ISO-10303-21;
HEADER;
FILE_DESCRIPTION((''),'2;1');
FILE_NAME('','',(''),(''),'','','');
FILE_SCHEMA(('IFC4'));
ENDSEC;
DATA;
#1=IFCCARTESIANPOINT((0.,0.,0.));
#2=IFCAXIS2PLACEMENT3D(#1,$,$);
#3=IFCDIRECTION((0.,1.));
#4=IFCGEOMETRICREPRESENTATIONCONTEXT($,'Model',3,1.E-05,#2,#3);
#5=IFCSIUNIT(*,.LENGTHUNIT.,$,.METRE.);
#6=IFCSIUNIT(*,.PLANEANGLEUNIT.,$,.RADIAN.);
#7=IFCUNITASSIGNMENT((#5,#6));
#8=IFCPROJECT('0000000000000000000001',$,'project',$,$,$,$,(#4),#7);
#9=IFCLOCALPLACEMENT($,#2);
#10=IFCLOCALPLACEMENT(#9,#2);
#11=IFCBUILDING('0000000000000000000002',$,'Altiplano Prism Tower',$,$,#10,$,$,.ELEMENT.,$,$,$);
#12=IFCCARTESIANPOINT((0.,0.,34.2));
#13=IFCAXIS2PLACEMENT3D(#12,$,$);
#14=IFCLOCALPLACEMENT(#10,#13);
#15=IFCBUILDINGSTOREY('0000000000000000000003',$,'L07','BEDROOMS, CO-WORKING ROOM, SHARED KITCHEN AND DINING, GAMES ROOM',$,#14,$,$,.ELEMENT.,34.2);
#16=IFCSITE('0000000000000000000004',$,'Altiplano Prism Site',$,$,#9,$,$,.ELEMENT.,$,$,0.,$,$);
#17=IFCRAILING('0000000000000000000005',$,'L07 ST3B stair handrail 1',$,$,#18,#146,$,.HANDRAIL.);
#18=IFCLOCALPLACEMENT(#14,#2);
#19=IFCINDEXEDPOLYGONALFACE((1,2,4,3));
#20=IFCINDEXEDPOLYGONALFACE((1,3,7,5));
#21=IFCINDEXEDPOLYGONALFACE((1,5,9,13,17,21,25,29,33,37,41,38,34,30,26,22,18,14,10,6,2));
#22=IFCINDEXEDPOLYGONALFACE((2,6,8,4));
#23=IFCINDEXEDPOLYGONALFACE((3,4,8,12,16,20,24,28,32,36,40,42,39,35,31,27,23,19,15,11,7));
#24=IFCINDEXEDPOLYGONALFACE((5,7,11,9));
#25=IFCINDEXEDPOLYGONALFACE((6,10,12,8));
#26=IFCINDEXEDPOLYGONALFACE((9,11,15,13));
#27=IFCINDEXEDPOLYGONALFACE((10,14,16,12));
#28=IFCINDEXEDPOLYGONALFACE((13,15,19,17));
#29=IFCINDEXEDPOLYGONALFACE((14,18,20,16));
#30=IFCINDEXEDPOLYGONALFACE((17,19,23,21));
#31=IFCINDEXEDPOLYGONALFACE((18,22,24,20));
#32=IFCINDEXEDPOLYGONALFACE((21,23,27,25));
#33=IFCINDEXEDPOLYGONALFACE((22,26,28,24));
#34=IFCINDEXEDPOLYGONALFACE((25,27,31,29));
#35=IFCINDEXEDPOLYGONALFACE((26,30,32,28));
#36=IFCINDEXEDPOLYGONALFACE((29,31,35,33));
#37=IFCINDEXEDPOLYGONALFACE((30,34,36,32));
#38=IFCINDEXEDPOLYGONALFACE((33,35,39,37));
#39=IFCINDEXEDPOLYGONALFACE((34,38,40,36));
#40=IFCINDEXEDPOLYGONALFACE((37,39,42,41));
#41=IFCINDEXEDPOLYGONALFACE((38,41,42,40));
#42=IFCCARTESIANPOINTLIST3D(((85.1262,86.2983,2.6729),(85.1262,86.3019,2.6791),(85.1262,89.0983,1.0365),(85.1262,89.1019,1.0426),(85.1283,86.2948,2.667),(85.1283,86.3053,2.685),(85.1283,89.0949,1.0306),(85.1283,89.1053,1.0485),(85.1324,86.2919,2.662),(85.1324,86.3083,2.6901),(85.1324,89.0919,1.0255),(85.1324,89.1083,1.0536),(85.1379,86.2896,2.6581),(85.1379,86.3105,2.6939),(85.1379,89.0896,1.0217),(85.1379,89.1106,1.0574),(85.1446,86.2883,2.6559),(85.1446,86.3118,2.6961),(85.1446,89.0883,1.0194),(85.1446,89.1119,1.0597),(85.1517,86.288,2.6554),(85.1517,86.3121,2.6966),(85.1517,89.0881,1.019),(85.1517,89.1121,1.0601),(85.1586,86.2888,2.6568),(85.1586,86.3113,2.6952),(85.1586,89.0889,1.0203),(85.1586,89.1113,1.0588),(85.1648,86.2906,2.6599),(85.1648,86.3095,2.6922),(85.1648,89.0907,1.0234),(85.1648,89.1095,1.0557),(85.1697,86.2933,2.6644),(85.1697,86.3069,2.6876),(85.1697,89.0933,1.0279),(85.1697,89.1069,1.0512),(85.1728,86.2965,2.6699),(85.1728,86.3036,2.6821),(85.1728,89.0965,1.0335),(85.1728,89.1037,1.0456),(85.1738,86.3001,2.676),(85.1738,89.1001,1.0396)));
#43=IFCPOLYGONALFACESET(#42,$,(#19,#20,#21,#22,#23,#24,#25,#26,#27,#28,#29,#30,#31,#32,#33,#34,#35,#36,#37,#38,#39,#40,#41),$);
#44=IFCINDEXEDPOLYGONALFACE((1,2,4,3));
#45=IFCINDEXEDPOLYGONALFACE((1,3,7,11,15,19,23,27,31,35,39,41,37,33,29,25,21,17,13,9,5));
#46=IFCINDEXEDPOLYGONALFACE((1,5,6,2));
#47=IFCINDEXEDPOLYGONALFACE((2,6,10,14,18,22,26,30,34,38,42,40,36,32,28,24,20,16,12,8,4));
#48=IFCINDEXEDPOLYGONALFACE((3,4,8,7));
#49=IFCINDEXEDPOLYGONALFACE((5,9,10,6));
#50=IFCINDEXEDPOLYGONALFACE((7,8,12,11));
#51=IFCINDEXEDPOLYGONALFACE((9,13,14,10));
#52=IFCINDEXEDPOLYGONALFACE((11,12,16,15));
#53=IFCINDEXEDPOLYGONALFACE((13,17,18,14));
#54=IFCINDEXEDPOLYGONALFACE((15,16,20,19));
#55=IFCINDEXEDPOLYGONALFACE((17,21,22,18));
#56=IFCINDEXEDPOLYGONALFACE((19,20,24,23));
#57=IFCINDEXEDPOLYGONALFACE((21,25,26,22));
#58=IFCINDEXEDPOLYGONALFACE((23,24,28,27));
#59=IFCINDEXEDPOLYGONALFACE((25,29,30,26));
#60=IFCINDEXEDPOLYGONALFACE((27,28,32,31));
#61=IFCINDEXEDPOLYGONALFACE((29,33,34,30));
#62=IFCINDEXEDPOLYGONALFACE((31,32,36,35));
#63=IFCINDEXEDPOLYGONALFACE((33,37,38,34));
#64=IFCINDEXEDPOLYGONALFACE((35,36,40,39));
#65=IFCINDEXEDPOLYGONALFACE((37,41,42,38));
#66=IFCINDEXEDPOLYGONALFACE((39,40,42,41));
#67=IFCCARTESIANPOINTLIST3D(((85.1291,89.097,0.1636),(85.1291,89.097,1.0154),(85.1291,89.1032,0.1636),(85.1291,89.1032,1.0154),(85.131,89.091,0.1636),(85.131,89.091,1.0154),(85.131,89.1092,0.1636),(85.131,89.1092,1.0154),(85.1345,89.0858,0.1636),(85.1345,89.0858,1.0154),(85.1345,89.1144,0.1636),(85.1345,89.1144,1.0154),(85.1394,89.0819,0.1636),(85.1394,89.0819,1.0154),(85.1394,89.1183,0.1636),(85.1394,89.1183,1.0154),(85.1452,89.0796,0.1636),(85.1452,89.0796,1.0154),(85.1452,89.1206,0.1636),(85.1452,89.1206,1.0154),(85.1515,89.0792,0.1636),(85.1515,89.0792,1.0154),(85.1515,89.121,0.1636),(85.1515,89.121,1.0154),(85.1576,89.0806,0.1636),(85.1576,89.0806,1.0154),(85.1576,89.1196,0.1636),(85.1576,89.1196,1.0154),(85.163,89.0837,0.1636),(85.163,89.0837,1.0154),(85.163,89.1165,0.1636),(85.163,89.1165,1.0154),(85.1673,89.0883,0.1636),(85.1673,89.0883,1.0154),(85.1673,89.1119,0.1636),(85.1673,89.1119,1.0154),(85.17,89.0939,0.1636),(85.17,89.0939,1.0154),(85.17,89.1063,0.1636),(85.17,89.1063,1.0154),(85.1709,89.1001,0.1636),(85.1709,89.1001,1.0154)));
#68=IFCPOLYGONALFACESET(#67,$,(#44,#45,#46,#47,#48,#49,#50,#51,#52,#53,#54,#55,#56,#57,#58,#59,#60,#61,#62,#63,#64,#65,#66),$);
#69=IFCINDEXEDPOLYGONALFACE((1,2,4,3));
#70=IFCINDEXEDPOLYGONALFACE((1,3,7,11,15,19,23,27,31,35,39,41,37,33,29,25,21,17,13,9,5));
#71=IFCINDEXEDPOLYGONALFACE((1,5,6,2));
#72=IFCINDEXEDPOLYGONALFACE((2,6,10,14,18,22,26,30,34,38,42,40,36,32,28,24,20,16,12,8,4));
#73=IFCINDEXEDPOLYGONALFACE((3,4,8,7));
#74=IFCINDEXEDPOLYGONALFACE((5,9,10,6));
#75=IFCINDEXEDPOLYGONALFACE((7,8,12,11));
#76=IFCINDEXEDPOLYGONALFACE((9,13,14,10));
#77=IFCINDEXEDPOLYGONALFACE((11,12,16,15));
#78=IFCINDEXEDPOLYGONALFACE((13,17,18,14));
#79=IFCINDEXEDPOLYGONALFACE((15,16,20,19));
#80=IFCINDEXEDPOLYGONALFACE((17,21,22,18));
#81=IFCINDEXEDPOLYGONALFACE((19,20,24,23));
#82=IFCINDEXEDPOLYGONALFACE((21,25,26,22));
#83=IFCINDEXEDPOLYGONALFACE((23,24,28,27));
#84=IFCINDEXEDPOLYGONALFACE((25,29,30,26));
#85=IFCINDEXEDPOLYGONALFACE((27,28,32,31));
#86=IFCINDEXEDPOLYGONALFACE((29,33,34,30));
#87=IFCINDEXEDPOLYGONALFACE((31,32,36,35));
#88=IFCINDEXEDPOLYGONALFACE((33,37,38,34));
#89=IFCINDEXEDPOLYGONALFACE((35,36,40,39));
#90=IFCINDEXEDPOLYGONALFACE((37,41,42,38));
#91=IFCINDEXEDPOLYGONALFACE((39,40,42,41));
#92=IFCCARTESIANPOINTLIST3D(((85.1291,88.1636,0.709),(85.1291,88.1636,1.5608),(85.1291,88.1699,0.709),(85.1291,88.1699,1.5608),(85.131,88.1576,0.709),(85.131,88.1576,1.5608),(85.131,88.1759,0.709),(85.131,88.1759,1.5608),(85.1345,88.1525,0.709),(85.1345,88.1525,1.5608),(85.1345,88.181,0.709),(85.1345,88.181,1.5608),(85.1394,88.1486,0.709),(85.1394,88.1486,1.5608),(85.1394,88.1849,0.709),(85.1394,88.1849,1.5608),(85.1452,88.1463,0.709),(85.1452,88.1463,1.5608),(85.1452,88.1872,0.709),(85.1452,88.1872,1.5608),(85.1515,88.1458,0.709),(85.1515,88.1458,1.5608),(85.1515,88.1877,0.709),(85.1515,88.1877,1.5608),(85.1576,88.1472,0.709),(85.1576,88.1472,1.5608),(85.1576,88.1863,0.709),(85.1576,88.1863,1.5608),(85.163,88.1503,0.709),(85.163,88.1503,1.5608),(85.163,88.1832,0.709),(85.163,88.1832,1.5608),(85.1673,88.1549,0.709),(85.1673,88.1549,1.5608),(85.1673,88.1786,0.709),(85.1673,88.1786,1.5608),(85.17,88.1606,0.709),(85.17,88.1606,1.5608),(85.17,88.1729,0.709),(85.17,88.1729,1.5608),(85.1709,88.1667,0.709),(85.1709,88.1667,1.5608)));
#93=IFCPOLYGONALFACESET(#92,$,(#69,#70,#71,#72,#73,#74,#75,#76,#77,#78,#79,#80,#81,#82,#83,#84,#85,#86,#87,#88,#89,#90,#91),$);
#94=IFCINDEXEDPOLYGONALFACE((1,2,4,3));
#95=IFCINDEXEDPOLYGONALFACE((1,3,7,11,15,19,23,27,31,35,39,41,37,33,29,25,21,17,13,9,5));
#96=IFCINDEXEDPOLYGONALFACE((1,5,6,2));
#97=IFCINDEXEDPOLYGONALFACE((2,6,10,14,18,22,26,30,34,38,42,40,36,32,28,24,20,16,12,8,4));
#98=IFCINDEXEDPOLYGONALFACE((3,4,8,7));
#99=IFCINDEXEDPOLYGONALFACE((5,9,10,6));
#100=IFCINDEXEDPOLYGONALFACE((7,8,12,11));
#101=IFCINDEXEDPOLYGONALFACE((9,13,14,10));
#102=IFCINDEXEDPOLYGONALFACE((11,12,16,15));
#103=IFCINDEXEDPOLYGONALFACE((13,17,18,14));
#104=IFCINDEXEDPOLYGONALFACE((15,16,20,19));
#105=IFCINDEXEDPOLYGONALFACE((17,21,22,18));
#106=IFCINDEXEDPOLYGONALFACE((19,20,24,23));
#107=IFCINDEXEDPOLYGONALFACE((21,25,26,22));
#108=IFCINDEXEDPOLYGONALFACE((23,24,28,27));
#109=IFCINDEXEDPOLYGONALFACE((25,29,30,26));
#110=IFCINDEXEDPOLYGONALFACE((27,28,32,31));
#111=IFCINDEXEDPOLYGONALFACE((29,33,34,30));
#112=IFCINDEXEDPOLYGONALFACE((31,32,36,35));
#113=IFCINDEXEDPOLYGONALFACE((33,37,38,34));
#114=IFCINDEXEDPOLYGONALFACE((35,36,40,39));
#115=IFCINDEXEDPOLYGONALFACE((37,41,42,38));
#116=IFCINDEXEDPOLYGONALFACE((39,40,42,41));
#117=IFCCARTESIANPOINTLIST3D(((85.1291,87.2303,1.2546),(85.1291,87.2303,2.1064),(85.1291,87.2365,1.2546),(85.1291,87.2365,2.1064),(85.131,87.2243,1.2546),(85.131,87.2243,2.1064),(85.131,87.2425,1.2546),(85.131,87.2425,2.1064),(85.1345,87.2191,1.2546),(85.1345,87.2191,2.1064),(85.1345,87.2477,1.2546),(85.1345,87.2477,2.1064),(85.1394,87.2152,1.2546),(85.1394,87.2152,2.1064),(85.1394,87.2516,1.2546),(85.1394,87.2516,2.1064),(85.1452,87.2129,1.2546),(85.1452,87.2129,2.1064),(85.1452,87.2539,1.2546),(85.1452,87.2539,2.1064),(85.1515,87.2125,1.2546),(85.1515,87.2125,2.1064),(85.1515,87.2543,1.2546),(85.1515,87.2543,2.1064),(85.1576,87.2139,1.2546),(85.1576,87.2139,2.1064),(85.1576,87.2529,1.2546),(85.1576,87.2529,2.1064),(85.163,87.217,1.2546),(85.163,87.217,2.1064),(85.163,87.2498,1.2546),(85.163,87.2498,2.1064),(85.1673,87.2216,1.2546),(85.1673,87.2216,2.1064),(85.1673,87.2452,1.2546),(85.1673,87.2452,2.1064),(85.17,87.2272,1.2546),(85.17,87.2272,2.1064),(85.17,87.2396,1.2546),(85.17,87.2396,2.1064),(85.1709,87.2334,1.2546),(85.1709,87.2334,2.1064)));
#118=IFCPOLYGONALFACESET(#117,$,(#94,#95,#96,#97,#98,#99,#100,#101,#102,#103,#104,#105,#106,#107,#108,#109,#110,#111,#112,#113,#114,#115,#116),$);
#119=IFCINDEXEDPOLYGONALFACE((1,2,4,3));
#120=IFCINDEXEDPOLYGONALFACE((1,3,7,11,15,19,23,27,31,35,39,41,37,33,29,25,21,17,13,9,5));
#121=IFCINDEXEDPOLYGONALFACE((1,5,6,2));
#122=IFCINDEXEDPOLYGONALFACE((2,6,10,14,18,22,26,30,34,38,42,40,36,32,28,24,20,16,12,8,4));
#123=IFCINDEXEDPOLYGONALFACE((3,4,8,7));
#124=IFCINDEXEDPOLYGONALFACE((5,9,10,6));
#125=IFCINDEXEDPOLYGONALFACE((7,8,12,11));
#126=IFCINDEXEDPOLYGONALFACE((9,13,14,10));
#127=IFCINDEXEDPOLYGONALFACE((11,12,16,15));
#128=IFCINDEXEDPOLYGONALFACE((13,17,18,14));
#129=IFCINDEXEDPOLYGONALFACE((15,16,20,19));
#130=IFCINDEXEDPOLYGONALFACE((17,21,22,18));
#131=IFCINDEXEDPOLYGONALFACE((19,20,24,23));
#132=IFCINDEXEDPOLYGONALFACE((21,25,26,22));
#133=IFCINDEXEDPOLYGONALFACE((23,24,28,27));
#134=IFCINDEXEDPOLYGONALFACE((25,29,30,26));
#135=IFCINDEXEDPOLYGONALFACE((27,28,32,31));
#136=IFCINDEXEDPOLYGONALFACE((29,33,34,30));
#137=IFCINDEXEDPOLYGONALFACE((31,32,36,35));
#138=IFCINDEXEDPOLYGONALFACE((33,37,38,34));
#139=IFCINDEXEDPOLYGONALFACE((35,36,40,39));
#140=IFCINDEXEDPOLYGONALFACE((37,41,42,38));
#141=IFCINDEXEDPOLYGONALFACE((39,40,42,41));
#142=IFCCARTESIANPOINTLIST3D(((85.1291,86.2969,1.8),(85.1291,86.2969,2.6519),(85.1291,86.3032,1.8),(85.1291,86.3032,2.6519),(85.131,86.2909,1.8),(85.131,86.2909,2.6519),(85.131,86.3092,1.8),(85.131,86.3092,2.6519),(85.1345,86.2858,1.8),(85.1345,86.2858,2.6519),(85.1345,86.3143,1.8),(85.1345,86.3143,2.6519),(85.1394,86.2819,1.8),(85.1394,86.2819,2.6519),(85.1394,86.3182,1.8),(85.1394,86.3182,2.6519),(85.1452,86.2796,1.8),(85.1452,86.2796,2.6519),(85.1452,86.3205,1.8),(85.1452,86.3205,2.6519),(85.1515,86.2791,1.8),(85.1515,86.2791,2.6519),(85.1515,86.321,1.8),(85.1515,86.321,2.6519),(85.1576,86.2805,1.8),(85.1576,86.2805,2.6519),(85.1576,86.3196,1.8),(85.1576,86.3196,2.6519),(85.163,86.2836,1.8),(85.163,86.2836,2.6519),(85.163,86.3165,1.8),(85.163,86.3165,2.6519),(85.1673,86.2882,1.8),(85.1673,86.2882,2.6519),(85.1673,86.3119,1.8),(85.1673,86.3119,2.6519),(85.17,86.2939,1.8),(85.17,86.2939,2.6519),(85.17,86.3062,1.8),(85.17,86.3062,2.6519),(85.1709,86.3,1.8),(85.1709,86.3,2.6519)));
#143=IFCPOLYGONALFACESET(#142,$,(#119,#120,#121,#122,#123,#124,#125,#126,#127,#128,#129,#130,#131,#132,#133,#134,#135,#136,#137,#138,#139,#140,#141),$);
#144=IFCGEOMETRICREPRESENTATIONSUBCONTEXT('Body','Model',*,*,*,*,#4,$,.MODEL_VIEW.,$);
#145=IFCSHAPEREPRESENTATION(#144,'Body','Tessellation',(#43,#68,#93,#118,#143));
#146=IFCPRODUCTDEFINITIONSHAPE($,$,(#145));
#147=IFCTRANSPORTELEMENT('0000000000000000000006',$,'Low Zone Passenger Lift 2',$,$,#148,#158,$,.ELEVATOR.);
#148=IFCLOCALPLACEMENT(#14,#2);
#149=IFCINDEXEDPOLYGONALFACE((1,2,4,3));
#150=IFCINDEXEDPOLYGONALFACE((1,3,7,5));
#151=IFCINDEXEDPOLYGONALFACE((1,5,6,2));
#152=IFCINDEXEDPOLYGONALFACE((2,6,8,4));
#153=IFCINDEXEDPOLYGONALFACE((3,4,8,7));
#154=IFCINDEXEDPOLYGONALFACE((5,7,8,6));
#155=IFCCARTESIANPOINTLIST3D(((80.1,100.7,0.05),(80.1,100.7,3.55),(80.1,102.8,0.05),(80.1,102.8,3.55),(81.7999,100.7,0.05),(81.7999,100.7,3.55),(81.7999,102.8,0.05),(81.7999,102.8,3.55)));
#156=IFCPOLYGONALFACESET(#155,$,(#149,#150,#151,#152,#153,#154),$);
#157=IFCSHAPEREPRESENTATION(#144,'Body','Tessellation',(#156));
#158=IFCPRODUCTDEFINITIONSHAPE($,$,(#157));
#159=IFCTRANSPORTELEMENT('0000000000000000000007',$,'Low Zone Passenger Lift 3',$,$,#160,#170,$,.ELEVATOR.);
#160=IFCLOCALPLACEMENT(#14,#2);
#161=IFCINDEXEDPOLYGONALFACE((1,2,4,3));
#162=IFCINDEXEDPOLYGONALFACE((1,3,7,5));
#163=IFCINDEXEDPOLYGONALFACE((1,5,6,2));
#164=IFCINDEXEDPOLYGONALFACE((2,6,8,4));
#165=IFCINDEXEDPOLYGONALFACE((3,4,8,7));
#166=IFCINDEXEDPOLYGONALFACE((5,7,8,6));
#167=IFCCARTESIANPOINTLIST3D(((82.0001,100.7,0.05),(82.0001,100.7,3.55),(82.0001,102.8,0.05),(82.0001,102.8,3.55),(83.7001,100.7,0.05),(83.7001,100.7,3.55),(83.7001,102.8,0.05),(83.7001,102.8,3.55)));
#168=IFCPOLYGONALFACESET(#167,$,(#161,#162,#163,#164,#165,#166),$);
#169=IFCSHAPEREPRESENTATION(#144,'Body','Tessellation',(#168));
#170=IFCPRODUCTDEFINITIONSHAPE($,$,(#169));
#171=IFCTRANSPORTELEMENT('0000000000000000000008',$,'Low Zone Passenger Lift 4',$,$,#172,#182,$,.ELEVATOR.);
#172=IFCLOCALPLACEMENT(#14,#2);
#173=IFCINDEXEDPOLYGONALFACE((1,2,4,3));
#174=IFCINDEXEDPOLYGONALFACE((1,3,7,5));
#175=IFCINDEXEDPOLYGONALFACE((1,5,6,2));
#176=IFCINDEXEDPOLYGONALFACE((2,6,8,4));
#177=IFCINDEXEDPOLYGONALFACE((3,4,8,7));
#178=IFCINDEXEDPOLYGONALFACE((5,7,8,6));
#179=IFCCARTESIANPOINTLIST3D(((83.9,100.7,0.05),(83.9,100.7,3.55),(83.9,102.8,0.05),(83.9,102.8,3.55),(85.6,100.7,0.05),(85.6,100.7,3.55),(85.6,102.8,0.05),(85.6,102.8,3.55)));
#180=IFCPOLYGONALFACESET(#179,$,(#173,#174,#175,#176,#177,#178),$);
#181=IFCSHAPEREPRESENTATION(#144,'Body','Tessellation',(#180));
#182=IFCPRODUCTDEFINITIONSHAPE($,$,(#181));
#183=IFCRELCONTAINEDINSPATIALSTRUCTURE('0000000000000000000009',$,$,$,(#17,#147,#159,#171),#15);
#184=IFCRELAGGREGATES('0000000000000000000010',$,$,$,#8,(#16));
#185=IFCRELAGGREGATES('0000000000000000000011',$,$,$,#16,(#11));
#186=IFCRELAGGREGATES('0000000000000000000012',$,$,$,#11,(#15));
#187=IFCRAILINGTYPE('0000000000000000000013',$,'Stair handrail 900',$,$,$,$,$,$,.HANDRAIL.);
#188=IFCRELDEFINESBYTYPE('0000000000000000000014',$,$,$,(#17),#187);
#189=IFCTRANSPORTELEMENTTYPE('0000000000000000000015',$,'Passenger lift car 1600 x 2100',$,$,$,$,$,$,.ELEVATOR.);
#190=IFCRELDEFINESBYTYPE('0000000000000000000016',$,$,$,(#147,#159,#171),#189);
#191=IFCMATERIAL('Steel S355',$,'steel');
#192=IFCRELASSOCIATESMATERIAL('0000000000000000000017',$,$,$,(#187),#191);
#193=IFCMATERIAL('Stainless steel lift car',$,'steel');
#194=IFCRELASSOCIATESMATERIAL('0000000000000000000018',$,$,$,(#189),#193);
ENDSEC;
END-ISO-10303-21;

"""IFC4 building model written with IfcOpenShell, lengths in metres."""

from ifc_helpers import new_model, si_unit, direction, frame, origin, origin_2d, place, context, subcontext, project, spatial, rectangle, circle, extrude, material, type_object, element, save


model = new_model("IFC4")

# Units and contexts
model_context = context("Model", 3, precision=1e-05, world=origin(), true_north=direction((0.0, 1.0)))
body_context = subcontext(model_context, "Body", "Model", "MODEL_VIEW")
ifc_project = project(units=[si_unit("LENGTHUNIT", "METRE"), si_unit("PLANEANGLEUNIT", "RADIAN")], contexts=[model_context])

# Site, building, storey
site_placement = place(None, origin())
site = spatial("IfcSite", under=ifc_project, at=site_placement, Name="Altiplano Prism Site", CompositionType="ELEMENT", RefElevation=0.0)
building_placement = place(site_placement, origin())
building = spatial("IfcBuilding", under=site, at=building_placement, Name="Altiplano Prism Tower", CompositionType="ELEMENT")
storey_placement = place(building_placement, frame((0.0, 0.0, 34.2)))
storey = spatial("IfcBuildingStorey", under=building, at=storey_placement, Name="L07", Description="BEDROOMS, CO-WORKING ROOM, SHARED KITCHEN AND DINING, GAMES ROOM", CompositionType="ELEMENT", Elevation=34.2)

# Railing
ifc_material_1 = material(Name="Steel S355", Category="steel")
railing_type_1 = type_object("IfcRailingType", Name="Stair handrail 900", PredefinedType="HANDRAIL", material=ifc_material_1)
railing_1_placement = place(storey_placement, frame((85.1499, 89.1001, 0.1636)))
element("IfcRailing", 1, at=railing_1_placement, inside=storey, type_object=railing_type_1, Name="L07 ST3B stair handrail 1", PredefinedType="HANDRAIL", context=body_context, shape_type="SweptSolid", body=[
    extrude(circle(Radius=0.0239, at=origin_2d()), frame((0.0, 0.0, 0.876), z_axis=(0.0, -0.863361, 0.504587), x_axis=(1.0, 0.0, 0.0)), (0.0, 0.0, 1.0), 3.2432),
    extrude(circle(Radius=0.021, at=origin_2d()), origin(), (0.0, 0.0, 1.0), 0.8518),
    extrude(circle(Radius=0.021, at=origin_2d()), frame((0.0, -0.9333, 0.5454)), (0.0, 0.0, 1.0), 0.8518),
    extrude(circle(Radius=0.021, at=origin_2d()), frame((0.0, -1.8667, 1.0911)), (0.0, 0.0, 1.0), 0.8518),
    extrude(circle(Radius=0.021, at=origin_2d()), frame((0.0, -2.8, 1.6365)), (0.0, 0.0, 1.0), 0.8518),
])

# Transport elements
ifc_material_2 = material(Name="Stainless steel lift car", Category="steel")
transport_element_type = type_object("IfcTransportElementType", Name="Passenger lift car 1600 x 2100", PredefinedType="ELEVATOR", material=ifc_material_2)
for number, where, z_axis, x_axis, name in (
    (2, (80.95, 101.75, 0.05), (0.0, 0.0, 1.0), (1.0, 0.0, 0.0), "Low Zone Passenger Lift 2"),
    (3, (82.8501, 101.75, 0.05), (0.0, 0.0, 1.0), (1.0, 0.0, 0.0), "Low Zone Passenger Lift 3"),
    (4, (84.75, 101.75, 0.05), (0.0, 0.0, 1.0), (1.0, 0.0, 0.0), "Low Zone Passenger Lift 4"),
):
    element("IfcTransportElement", number, at=place(storey_placement, frame(where, z_axis=z_axis, x_axis=x_axis)), inside=storey, type_object=transport_element_type, Name=name, PredefinedType="ELEVATOR", context=body_context, shape_type="SweptSolid", body=[
        extrude(rectangle(XDim=1.7, YDim=2.1001, at=origin_2d()), origin(), (0.0, 0.0, 1.0), 3.5),
    ])

save(model, "model.ifc")
